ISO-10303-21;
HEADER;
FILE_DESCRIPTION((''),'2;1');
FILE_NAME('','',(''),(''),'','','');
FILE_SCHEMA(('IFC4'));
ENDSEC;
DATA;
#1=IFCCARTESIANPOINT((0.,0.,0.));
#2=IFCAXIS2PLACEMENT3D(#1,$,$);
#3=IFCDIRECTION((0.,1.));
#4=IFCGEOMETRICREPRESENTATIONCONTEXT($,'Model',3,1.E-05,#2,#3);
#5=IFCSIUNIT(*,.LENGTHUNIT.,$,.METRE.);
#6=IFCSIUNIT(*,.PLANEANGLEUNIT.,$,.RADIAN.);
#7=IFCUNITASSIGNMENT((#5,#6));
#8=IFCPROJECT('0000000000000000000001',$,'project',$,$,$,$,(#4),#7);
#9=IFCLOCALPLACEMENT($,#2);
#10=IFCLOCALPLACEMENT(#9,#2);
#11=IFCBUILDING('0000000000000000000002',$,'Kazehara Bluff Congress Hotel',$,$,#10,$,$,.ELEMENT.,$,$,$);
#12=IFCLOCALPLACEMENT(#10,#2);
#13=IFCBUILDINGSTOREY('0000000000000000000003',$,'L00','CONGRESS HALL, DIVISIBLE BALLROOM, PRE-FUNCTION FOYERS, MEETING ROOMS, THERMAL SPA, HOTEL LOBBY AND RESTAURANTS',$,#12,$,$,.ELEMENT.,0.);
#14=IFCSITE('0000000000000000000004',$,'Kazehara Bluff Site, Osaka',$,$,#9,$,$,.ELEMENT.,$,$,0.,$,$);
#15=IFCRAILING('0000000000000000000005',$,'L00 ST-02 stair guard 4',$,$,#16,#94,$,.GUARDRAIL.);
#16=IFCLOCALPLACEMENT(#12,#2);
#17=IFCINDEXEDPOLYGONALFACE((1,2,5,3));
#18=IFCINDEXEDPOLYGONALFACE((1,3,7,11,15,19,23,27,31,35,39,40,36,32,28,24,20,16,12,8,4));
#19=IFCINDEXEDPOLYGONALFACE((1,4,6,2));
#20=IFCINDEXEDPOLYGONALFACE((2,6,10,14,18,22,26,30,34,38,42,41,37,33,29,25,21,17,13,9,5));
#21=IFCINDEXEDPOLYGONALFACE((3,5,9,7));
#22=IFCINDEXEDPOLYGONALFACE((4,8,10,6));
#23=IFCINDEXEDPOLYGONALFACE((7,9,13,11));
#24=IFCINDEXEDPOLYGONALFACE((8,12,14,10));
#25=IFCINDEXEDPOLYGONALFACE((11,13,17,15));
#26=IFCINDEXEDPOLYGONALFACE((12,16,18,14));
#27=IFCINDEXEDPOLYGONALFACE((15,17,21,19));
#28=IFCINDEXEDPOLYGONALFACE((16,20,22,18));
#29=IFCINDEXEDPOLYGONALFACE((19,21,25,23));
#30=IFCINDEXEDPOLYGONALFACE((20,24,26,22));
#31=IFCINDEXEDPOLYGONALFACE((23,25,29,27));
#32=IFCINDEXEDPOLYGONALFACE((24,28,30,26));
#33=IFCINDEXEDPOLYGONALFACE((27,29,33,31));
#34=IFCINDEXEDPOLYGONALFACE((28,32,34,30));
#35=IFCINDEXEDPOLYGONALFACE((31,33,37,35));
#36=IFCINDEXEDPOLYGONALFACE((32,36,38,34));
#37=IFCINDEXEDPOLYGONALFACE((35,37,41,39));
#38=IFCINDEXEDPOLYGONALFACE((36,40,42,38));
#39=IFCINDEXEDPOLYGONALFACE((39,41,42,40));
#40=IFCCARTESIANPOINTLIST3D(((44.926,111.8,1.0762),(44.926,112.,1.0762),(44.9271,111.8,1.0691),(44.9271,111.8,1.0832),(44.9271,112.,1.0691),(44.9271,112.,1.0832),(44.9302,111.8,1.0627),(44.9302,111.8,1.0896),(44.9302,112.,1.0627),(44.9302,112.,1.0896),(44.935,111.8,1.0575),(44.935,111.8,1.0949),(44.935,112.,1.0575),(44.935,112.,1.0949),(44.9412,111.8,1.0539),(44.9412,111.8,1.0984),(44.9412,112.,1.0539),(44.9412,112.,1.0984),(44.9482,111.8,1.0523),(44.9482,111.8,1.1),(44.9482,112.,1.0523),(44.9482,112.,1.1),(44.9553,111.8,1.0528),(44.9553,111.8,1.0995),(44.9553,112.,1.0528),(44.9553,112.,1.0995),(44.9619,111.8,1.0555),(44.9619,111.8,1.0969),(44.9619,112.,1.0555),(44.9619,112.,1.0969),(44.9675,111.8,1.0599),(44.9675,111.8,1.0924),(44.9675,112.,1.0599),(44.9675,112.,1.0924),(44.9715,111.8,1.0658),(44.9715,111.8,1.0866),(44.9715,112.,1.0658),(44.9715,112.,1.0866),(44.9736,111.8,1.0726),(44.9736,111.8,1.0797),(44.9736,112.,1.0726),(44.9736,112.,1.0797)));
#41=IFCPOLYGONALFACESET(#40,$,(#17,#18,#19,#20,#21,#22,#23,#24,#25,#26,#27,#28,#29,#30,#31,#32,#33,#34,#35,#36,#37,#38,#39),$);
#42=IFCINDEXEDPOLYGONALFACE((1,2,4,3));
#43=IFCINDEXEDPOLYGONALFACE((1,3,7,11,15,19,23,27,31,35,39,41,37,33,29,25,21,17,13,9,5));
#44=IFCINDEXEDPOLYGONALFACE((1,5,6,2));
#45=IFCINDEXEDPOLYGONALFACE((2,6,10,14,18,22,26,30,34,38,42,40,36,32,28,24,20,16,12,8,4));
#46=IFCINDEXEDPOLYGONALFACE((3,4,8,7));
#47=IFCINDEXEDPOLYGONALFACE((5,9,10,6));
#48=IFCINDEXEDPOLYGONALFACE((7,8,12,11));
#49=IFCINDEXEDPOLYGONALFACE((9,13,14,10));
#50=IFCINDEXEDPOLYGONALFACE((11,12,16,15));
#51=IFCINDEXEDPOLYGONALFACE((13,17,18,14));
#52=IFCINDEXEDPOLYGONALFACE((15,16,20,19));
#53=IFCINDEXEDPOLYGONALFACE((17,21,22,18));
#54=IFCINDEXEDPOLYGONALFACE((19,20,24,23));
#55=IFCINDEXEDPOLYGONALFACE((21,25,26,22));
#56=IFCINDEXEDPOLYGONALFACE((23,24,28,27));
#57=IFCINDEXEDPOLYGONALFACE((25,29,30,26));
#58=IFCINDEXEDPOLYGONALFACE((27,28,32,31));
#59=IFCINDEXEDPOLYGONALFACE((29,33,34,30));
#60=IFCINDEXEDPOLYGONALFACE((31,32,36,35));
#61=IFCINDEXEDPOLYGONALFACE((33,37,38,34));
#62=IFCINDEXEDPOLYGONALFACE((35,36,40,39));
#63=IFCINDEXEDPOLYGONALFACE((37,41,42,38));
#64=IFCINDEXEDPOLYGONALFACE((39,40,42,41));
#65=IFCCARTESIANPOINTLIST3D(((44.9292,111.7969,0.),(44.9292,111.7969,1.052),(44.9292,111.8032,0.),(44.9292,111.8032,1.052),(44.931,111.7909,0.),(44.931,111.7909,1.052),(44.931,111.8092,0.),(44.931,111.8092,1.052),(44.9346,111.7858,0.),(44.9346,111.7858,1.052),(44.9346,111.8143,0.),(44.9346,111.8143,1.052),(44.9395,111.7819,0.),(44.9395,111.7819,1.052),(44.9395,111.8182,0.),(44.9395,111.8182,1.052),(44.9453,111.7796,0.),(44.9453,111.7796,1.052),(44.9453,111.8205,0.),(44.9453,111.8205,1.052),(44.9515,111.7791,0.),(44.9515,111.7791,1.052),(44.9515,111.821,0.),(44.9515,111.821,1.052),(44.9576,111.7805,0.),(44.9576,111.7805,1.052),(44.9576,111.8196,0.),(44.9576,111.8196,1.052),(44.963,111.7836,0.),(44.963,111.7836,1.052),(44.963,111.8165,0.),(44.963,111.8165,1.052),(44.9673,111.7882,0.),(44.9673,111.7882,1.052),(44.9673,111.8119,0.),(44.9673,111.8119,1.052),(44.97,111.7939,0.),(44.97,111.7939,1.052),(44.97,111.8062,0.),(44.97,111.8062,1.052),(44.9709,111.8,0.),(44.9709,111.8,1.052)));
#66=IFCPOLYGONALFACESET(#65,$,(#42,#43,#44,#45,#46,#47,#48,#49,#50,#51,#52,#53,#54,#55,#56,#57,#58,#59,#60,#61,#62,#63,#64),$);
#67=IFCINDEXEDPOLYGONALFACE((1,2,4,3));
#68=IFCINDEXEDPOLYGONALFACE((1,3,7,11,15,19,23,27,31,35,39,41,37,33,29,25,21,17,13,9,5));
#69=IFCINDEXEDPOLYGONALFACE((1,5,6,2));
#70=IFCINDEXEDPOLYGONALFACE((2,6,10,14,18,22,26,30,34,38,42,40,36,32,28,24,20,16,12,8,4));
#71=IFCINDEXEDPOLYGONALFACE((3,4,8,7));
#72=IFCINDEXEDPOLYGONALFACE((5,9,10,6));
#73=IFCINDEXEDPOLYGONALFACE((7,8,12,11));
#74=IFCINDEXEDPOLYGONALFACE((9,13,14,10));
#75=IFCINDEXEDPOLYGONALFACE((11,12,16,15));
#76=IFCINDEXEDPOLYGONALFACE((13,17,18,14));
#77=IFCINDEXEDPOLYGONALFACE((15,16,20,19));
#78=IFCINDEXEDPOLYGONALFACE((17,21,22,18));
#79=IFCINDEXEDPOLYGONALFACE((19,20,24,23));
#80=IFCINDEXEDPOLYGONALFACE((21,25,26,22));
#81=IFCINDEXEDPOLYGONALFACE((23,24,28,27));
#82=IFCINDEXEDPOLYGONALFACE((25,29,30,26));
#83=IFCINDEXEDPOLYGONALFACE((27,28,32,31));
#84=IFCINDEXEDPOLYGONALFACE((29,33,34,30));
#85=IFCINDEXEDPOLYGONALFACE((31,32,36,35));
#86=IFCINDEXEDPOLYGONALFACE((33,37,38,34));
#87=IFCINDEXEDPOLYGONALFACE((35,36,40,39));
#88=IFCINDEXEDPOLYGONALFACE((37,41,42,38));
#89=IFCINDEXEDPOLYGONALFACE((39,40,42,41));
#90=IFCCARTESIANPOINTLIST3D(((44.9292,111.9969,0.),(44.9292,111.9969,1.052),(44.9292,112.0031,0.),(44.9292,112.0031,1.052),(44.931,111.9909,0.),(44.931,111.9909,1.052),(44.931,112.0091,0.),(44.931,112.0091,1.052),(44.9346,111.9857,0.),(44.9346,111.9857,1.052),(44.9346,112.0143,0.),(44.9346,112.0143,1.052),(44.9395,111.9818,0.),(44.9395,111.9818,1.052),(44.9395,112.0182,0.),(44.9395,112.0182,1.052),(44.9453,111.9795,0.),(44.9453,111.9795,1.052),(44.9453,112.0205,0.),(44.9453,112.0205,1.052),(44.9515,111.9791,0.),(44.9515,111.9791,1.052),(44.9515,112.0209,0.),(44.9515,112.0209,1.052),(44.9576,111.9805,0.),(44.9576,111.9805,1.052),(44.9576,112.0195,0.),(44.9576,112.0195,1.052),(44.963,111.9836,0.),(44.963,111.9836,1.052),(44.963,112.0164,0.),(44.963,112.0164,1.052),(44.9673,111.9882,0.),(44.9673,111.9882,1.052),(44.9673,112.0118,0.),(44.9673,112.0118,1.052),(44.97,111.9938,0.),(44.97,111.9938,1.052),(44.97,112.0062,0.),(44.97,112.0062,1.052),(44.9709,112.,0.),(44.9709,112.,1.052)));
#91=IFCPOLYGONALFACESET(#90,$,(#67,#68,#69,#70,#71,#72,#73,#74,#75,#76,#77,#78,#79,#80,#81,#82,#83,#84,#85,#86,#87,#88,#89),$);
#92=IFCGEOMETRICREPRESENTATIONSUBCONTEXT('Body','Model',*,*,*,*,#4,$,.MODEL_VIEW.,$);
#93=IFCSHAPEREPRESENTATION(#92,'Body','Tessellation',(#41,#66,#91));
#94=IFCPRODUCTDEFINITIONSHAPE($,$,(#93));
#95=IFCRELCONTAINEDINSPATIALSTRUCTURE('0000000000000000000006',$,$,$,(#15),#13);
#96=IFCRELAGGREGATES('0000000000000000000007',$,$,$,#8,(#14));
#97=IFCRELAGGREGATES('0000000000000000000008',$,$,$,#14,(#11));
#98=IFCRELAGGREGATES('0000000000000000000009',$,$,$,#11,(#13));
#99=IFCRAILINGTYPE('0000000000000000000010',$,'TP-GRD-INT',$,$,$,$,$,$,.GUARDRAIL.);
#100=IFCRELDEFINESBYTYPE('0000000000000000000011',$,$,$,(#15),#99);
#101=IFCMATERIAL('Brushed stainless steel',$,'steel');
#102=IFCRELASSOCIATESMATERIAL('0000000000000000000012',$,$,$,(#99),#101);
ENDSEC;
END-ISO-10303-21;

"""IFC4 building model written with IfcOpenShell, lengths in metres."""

from ifc_helpers import new_model, si_unit, direction, frame, origin, origin_2d, place, context, subcontext, project, spatial, circle, extrude, material, type_object, element, save


model = new_model("IFC4")

# Units and contexts
model_context = context("Model", 3, precision=1e-05, world=origin(), true_north=direction((0.0, 1.0)))
body_context = subcontext(model_context, "Body", "Model", "MODEL_VIEW")
ifc_project = project(units=[si_unit("LENGTHUNIT", "METRE"), si_unit("PLANEANGLEUNIT", "RADIAN")], contexts=[model_context])

# Site, building, storey
site_placement = place(None, origin())
site = spatial("IfcSite", under=ifc_project, at=site_placement, Name="Kazehara Bluff Site, Osaka", CompositionType="ELEMENT", RefElevation=0.0)
building_placement = place(site_placement, origin())
building = spatial("IfcBuilding", under=site, at=building_placement, Name="Kazehara Bluff Congress Hotel", CompositionType="ELEMENT")
storey_placement = place(building_placement, origin())
storey = spatial("IfcBuildingStorey", under=building, at=storey_placement, Name="L00", Description="CONGRESS HALL, DIVISIBLE BALLROOM, PRE-FUNCTION FOYERS, MEETING ROOMS, THERMAL SPA, HOTEL LOBBY AND RESTAURANTS", CompositionType="ELEMENT", Elevation=0.0)

# Railing
ifc_material_1 = material(Name="Brushed stainless steel", Category="steel")
railing_type = type_object("IfcRailingType", Name="TP-GRD-INT", PredefinedType="GUARDRAIL", material=ifc_material_1)
railing_1_placement = place(storey_placement, frame((44.95, 111.8, 0.0)))
element("IfcRailing", 1, at=railing_1_placement, inside=storey, type_object=railing_type, Name="L00 ST-02 stair guard 4", PredefinedType="GUARDRAIL", context=body_context, shape_type="SweptSolid", body=[
    extrude(circle(Radius=0.0239, at=origin_2d()), frame((0.0, 0.0, 1.0762), z_axis=(0.0, 1.0, 0.0), x_axis=(-1.0, 0.0, 0.0)), (0.0, 0.0, 1.0), 0.2),
    extrude(circle(Radius=0.021, at=origin_2d()), origin(), (0.0, 0.0, 1.0), 1.052),
    extrude(circle(Radius=0.021, at=origin_2d()), frame((0.0, 0.2, 0.0)), (0.0, 0.0, 1.0), 1.052),
])

save(model, "model.ifc")
